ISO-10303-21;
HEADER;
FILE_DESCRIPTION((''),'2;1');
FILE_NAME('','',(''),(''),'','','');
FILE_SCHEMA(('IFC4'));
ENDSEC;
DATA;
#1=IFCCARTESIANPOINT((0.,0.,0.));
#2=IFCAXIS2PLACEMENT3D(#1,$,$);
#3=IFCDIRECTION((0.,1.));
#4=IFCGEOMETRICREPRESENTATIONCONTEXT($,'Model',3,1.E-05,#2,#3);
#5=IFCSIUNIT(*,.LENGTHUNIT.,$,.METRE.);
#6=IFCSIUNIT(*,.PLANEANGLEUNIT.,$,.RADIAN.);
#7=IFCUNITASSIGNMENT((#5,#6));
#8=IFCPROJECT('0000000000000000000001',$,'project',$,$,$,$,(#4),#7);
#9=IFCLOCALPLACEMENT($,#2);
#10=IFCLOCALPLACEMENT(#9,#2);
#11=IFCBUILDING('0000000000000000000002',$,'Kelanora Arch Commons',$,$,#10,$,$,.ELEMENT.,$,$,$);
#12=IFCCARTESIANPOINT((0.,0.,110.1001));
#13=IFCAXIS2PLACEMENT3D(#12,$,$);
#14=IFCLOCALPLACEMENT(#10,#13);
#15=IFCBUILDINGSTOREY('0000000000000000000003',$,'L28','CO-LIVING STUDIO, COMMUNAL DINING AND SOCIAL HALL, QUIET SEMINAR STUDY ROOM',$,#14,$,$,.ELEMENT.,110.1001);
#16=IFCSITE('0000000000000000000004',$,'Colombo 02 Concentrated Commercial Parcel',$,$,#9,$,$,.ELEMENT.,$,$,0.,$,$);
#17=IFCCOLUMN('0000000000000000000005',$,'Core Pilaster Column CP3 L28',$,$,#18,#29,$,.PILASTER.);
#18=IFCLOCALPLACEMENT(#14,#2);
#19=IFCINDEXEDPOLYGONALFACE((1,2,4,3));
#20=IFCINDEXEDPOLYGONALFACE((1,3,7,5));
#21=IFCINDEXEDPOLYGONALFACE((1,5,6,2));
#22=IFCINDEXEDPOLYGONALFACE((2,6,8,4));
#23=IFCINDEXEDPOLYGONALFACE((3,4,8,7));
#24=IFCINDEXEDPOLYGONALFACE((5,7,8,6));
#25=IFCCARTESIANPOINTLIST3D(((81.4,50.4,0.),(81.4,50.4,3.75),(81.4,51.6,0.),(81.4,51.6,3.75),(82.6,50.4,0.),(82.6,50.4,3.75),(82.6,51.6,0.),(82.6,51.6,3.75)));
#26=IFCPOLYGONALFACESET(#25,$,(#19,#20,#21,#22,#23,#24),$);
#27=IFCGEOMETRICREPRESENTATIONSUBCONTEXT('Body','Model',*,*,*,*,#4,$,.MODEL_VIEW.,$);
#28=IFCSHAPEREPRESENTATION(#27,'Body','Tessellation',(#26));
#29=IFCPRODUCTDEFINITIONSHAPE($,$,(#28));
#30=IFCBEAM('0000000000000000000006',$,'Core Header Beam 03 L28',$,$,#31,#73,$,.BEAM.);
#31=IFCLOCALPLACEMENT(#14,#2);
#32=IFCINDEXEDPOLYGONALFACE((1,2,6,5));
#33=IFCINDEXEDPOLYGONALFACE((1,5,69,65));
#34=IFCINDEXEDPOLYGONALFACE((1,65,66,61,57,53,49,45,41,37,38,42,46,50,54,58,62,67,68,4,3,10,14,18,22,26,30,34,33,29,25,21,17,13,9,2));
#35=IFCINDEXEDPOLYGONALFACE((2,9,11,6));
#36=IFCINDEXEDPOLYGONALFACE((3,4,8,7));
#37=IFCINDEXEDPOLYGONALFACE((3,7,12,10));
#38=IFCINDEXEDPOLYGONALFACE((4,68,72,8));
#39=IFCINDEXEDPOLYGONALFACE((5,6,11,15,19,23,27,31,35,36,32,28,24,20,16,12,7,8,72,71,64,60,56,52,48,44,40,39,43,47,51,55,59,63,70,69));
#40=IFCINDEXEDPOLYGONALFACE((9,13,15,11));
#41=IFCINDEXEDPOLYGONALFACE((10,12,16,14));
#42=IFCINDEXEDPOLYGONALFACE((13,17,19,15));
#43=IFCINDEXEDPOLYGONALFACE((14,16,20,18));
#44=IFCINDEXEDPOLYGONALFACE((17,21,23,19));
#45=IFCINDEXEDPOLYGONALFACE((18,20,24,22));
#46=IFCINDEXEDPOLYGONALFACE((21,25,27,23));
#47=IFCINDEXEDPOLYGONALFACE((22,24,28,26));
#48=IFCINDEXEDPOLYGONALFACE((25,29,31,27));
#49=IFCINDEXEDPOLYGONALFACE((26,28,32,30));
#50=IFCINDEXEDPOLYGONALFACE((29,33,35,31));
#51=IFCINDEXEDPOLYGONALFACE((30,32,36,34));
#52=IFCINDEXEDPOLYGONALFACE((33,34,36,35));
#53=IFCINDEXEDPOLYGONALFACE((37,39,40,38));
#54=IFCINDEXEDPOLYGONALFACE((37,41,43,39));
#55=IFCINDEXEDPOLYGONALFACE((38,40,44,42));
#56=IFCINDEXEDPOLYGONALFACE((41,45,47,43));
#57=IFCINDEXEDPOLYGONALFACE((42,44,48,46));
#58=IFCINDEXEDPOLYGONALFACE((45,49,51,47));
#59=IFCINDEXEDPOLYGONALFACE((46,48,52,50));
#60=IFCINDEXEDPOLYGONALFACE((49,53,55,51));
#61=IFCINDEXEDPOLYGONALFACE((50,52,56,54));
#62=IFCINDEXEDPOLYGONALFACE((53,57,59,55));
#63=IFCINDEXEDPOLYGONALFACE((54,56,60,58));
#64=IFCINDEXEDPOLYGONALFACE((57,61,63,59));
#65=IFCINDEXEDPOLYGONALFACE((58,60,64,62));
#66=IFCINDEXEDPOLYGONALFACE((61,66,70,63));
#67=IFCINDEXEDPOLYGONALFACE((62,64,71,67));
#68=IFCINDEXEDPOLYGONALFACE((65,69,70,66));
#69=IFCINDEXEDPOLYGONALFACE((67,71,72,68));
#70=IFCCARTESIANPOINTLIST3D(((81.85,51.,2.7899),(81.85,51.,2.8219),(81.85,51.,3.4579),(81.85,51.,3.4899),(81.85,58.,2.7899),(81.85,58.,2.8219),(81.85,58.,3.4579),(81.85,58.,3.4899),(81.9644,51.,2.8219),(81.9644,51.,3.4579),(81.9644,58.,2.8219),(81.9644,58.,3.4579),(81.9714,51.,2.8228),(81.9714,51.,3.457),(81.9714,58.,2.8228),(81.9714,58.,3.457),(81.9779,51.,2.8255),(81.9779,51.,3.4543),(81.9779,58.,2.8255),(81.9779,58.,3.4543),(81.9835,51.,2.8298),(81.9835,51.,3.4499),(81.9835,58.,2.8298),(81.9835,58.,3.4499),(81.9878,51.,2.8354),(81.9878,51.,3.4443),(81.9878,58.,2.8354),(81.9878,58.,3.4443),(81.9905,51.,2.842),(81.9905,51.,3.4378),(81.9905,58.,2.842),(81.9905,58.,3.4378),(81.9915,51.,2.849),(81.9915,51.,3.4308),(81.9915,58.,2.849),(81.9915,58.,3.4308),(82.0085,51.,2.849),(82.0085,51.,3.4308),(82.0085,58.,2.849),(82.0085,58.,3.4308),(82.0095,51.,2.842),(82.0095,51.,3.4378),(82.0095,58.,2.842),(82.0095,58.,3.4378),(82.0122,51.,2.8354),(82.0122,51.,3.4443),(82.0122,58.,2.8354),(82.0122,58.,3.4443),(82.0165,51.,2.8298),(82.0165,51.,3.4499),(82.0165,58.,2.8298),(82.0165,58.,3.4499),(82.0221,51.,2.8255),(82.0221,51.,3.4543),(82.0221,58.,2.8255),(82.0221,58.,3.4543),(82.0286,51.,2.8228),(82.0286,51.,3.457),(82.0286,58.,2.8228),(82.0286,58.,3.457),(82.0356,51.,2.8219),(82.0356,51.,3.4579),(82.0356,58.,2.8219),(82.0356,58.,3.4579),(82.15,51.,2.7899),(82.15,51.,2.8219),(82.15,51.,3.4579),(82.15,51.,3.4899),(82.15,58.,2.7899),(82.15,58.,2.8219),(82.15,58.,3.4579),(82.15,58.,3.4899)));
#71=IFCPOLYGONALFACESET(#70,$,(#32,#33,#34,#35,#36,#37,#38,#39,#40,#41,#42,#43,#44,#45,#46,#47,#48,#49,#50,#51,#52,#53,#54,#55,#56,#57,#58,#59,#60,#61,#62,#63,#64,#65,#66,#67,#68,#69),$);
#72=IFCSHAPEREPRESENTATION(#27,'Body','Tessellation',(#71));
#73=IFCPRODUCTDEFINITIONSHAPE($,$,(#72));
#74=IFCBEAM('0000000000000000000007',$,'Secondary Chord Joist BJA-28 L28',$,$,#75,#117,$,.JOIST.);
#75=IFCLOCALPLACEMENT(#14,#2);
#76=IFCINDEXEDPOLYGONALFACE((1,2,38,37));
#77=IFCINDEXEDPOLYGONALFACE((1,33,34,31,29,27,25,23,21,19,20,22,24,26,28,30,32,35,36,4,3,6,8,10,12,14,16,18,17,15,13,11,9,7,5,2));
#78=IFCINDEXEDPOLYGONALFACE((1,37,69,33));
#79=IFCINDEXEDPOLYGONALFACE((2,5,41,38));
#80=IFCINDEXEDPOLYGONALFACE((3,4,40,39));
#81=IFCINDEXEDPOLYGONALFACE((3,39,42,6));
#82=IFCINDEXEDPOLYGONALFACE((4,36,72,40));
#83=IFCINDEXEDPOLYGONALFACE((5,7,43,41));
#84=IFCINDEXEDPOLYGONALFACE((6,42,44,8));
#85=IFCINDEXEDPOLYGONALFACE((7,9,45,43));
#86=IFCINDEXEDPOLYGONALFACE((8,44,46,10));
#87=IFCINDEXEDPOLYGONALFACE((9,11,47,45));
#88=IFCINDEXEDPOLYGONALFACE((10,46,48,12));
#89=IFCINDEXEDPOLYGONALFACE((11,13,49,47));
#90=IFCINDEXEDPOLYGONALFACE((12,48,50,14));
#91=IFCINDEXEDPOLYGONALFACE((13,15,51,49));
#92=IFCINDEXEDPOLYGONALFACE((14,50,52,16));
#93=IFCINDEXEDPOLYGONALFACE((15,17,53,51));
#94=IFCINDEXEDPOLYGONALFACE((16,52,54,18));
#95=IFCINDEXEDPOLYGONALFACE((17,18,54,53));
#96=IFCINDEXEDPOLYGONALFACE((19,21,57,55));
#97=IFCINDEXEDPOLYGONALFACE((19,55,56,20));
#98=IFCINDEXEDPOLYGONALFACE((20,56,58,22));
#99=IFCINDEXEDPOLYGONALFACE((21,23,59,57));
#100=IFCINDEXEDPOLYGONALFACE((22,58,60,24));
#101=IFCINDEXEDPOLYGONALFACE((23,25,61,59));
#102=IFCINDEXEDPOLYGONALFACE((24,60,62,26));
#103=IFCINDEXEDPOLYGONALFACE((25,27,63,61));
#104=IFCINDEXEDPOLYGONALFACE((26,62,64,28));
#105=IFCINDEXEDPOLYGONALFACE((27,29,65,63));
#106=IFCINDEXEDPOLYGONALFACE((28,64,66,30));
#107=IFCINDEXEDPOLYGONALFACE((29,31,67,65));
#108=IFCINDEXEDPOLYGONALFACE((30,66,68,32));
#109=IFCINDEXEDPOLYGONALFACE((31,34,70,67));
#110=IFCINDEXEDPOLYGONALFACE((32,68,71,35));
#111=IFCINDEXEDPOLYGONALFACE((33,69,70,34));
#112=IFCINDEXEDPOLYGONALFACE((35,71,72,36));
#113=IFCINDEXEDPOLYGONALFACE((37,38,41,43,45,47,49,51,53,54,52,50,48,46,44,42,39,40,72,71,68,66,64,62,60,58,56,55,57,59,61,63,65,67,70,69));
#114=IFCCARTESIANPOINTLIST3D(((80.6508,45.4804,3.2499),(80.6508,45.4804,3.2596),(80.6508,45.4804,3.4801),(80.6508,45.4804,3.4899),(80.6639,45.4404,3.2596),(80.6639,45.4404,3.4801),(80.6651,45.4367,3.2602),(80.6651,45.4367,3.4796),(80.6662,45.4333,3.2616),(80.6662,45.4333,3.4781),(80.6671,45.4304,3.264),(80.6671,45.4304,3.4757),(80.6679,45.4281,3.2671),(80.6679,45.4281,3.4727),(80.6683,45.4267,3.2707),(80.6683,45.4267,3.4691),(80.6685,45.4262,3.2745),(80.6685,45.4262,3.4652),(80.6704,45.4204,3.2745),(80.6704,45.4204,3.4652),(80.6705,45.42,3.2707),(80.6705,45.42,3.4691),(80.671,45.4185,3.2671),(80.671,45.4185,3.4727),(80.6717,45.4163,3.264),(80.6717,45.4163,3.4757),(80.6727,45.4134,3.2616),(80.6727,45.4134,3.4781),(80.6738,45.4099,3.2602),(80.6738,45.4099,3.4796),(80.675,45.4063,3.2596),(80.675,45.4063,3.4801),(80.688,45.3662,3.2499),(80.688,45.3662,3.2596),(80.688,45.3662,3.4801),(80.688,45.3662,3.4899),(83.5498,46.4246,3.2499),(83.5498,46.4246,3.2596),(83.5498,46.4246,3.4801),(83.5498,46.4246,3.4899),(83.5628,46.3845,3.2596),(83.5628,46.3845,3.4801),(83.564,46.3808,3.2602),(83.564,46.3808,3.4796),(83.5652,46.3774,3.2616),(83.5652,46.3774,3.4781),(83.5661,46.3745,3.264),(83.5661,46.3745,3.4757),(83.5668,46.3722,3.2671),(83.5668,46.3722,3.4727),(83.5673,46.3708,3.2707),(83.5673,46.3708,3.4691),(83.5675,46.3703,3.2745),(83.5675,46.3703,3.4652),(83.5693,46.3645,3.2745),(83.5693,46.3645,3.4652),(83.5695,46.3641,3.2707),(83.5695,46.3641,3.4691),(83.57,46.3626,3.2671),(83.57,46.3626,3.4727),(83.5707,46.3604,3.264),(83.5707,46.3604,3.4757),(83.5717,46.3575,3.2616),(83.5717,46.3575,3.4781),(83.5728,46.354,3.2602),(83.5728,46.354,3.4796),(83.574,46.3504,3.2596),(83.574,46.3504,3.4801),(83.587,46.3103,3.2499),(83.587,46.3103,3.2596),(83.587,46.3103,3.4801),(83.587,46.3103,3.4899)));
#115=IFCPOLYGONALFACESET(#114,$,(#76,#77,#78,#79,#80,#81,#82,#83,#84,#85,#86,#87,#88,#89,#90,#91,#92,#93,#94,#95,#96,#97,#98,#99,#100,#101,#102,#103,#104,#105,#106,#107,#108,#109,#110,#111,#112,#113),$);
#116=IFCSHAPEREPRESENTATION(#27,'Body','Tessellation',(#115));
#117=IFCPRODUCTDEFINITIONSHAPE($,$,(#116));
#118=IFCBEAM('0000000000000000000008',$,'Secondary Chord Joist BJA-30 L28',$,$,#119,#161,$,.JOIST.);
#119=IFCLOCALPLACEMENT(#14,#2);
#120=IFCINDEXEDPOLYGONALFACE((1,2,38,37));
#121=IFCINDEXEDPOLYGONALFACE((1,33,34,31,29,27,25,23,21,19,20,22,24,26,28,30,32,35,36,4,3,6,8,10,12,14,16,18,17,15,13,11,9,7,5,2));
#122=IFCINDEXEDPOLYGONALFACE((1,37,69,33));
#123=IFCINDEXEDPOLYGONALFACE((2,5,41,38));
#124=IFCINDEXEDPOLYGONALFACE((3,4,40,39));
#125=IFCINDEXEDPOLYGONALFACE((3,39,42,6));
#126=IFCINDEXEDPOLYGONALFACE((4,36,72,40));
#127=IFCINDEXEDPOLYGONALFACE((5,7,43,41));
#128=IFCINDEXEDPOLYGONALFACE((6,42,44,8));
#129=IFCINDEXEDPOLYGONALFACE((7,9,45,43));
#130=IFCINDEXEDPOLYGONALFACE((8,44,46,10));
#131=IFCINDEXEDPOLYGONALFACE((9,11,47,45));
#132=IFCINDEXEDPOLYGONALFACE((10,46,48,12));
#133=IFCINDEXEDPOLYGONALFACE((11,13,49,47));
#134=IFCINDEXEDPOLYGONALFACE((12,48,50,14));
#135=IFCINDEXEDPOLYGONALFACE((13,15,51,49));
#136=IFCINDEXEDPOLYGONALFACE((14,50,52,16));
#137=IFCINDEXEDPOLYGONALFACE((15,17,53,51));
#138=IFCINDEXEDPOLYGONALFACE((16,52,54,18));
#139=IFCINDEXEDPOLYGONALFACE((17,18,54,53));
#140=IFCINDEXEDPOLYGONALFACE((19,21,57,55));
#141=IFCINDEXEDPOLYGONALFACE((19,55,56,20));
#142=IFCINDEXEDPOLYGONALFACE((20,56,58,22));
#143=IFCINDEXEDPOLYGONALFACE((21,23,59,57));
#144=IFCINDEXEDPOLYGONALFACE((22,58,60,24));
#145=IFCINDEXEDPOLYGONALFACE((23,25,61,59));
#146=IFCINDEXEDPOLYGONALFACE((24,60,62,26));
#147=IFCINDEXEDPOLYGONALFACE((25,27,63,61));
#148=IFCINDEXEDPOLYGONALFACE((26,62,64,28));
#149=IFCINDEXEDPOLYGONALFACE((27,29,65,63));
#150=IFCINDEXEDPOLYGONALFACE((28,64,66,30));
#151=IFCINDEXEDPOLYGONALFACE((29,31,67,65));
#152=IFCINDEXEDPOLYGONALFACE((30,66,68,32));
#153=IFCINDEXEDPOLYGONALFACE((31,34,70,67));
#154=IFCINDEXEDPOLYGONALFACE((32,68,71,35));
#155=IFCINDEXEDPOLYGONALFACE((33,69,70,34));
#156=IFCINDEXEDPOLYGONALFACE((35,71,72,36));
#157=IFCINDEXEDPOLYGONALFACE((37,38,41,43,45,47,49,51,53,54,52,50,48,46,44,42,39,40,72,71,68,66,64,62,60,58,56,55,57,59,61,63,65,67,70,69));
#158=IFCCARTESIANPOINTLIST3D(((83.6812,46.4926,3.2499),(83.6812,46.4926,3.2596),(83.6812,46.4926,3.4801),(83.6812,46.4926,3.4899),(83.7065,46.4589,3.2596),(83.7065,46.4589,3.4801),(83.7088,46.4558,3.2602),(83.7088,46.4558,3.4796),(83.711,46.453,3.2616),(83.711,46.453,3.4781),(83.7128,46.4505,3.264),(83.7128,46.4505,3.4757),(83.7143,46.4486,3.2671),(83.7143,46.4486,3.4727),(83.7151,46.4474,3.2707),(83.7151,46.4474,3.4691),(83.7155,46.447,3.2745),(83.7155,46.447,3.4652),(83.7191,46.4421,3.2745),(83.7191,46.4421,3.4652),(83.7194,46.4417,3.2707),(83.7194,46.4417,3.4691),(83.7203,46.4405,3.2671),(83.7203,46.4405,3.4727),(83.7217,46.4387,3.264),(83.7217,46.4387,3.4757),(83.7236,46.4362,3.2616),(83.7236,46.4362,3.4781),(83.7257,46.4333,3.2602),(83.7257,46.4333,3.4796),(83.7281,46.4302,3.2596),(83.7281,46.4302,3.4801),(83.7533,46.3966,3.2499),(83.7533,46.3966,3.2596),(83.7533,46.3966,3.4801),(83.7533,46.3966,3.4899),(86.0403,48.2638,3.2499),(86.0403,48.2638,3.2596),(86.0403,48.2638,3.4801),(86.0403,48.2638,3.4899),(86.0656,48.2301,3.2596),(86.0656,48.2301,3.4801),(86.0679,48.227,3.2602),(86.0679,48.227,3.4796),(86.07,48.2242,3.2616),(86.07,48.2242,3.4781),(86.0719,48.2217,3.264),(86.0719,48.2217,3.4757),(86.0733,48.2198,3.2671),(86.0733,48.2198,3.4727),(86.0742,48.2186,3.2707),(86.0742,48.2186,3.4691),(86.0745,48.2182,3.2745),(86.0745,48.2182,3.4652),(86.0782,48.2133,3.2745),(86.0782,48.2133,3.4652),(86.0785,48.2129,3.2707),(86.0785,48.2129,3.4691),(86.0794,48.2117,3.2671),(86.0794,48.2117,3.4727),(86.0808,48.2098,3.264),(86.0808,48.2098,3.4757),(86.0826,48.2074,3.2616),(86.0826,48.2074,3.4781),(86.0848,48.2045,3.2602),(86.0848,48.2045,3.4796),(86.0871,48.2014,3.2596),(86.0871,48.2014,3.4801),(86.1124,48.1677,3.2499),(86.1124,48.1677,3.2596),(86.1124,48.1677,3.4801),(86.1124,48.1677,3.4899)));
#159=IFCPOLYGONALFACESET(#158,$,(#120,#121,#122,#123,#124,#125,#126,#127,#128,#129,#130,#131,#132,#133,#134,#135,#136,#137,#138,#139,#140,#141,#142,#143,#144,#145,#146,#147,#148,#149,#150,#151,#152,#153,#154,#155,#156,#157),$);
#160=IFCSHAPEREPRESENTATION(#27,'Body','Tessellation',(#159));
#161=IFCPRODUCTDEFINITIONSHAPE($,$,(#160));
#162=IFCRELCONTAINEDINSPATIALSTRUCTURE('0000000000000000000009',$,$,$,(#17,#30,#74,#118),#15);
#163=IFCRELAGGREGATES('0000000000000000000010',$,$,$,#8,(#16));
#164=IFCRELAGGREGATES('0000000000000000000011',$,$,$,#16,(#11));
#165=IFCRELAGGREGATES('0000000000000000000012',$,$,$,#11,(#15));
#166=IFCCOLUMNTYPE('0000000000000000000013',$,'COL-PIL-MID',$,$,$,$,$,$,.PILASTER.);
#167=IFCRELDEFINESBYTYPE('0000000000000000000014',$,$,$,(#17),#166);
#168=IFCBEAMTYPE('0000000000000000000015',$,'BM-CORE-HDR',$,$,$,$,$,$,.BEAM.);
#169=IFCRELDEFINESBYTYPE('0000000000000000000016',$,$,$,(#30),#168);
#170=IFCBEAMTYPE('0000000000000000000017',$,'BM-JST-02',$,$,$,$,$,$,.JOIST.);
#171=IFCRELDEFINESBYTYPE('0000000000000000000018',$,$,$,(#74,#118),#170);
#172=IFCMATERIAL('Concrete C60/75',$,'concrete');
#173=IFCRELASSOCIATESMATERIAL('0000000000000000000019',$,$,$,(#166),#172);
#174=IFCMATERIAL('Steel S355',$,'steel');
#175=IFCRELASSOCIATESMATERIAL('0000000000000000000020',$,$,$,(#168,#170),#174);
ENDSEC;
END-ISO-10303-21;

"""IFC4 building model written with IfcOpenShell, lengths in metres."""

from ifc_helpers import new_model, si_unit, direction, frame, origin, origin_2d, place, context, subcontext, project, spatial, rectangle, i_section, extrude, material, material_profile, profile_set, type_object, element, save


model = new_model("IFC4")

# Units and contexts
model_context = context("Model", 3, precision=1e-05, world=origin(), true_north=direction((0.0, 1.0)))
body_context = subcontext(model_context, "Body", "Model", "MODEL_VIEW")
ifc_project = project(units=[si_unit("LENGTHUNIT", "METRE"), si_unit("PLANEANGLEUNIT", "RADIAN")], contexts=[model_context])

# Site, building, storey
site_placement = place(None, origin())
site = spatial("IfcSite", under=ifc_project, at=site_placement, Name="Colombo 02 Concentrated Commercial Parcel", CompositionType="ELEMENT", RefElevation=0.0)
building_placement = place(site_placement, origin())
building = spatial("IfcBuilding", under=site, at=building_placement, Name="Kelanora Arch Commons", CompositionType="ELEMENT")
storey_placement = place(building_placement, frame((0.0, 0.0, 110.1001)))
storey = spatial("IfcBuildingStorey", under=building, at=storey_placement, Name="L28", Description="CO-LIVING STUDIO, COMMUNAL DINING AND SOCIAL HALL, QUIET SEMINAR STUDY ROOM", CompositionType="ELEMENT", Elevation=110.1001)

# Column
ifc_material_1 = material(Name="Concrete C60/75", Category="concrete")
ifc_material_profile_1 = material_profile(ifc_material_1, rectangle(XDim=1.2, YDim=1.2, at=origin_2d()), Name="RC1200x1200")
ifc_profile_set_1 = profile_set([ifc_material_profile_1], Name="Concrete C60/75")
column_type = type_object("IfcColumnType", Name="COL-PIL-MID", PredefinedType="PILASTER", material=ifc_profile_set_1)
column_placement = place(storey_placement, frame((82.0, 51.0, 0.0), z_axis=(0.0, 0.0, 1.0), x_axis=(1.0, 0.0, 0.0)))
element("IfcColumn", 1, at=column_placement, inside=storey, type_object=column_type, Name="Core Pilaster Column CP3 L28", PredefinedType="PILASTER", context=body_context, shape_type="SweptSolid", body=[
    extrude(rectangle(XDim=1.2, YDim=1.2, at=origin_2d()), origin(), (0.0, 0.0, 1.0), 3.75),
])

# Beams
ifc_material_2 = material(Name="Steel S355", Category="steel")
ifc_material_profile_2 = material_profile(ifc_material_2, i_section(OverallWidth=0.3, OverallDepth=0.7, WebThickness=0.0171, FlangeThickness=0.032, FilletRadius=0.0271, at=origin_2d()), Name="HEB700")
ifc_profile_set_2 = profile_set([ifc_material_profile_2], Name="Steel S355")
beam_type_1 = type_object("IfcBeamType", Name="BM-CORE-HDR", PredefinedType="BEAM", material=ifc_profile_set_2)
beam_1_placement = place(storey_placement, frame((82.0, 51.0, 3.1399), z_axis=(0.0, 1.0, 0.0), x_axis=(-1.0, 0.0, 0.0)))
element("IfcBeam", 2, at=beam_1_placement, inside=storey, type_object=beam_type_1, Name="Core Header Beam 03 L28", PredefinedType="BEAM", context=body_context, shape_type="SweptSolid", body=[
    extrude(i_section(OverallWidth=0.3, OverallDepth=0.7, WebThickness=0.0171, FlangeThickness=0.032, FilletRadius=0.0271, at=origin_2d()), origin(), (0.0, 0.0, 1.0), 7.0),
])
ifc_material_profile_3 = material_profile(ifc_material_2, i_section(OverallWidth=0.1201, OverallDepth=0.24, WebThickness=0.0061, FlangeThickness=0.0098, FilletRadius=0.0149, at=origin_2d()), Name="IPE240")
ifc_profile_set_3 = profile_set([ifc_material_profile_3], Name="Steel S355")
beam_type_2 = type_object("IfcBeamType", Name="BM-JST-02", PredefinedType="JOIST", material=ifc_profile_set_3)
beam_2_placement = place(storey_placement, frame((80.6694, 45.4233, 3.3699), z_axis=(0.950847, 0.309662, 0.0), x_axis=(-0.309662, 0.950847, 0.0)))
element("IfcBeam", 3, at=beam_2_placement, inside=storey, type_object=beam_type_2, Name="Secondary Chord Joist BJA-28 L28", PredefinedType="JOIST", context=body_context, shape_type="SweptSolid", body=[
    extrude(i_section(OverallWidth=0.1201, OverallDepth=0.24, WebThickness=0.0061, FlangeThickness=0.0098, FilletRadius=0.0149, at=origin_2d()), origin(), (0.0, 0.0, 1.0), 3.0488),
])
beam_3_placement = place(storey_placement, frame((83.7173, 46.4446, 3.3699), z_axis=(0.799692, 0.60041, 0.0), x_axis=(-0.60041, 0.799692, 0.0)))
element("IfcBeam", 4, at=beam_3_placement, inside=storey, type_object=beam_type_2, Name="Secondary Chord Joist BJA-30 L28", PredefinedType="JOIST", context=body_context, shape_type="SweptSolid", body=[
    extrude(i_section(OverallWidth=0.1201, OverallDepth=0.24, WebThickness=0.0061, FlangeThickness=0.0098, FilletRadius=0.0149, at=origin_2d()), origin(), (0.0, 0.0, 1.0), 2.95),
])

save(model, "model.ifc")
